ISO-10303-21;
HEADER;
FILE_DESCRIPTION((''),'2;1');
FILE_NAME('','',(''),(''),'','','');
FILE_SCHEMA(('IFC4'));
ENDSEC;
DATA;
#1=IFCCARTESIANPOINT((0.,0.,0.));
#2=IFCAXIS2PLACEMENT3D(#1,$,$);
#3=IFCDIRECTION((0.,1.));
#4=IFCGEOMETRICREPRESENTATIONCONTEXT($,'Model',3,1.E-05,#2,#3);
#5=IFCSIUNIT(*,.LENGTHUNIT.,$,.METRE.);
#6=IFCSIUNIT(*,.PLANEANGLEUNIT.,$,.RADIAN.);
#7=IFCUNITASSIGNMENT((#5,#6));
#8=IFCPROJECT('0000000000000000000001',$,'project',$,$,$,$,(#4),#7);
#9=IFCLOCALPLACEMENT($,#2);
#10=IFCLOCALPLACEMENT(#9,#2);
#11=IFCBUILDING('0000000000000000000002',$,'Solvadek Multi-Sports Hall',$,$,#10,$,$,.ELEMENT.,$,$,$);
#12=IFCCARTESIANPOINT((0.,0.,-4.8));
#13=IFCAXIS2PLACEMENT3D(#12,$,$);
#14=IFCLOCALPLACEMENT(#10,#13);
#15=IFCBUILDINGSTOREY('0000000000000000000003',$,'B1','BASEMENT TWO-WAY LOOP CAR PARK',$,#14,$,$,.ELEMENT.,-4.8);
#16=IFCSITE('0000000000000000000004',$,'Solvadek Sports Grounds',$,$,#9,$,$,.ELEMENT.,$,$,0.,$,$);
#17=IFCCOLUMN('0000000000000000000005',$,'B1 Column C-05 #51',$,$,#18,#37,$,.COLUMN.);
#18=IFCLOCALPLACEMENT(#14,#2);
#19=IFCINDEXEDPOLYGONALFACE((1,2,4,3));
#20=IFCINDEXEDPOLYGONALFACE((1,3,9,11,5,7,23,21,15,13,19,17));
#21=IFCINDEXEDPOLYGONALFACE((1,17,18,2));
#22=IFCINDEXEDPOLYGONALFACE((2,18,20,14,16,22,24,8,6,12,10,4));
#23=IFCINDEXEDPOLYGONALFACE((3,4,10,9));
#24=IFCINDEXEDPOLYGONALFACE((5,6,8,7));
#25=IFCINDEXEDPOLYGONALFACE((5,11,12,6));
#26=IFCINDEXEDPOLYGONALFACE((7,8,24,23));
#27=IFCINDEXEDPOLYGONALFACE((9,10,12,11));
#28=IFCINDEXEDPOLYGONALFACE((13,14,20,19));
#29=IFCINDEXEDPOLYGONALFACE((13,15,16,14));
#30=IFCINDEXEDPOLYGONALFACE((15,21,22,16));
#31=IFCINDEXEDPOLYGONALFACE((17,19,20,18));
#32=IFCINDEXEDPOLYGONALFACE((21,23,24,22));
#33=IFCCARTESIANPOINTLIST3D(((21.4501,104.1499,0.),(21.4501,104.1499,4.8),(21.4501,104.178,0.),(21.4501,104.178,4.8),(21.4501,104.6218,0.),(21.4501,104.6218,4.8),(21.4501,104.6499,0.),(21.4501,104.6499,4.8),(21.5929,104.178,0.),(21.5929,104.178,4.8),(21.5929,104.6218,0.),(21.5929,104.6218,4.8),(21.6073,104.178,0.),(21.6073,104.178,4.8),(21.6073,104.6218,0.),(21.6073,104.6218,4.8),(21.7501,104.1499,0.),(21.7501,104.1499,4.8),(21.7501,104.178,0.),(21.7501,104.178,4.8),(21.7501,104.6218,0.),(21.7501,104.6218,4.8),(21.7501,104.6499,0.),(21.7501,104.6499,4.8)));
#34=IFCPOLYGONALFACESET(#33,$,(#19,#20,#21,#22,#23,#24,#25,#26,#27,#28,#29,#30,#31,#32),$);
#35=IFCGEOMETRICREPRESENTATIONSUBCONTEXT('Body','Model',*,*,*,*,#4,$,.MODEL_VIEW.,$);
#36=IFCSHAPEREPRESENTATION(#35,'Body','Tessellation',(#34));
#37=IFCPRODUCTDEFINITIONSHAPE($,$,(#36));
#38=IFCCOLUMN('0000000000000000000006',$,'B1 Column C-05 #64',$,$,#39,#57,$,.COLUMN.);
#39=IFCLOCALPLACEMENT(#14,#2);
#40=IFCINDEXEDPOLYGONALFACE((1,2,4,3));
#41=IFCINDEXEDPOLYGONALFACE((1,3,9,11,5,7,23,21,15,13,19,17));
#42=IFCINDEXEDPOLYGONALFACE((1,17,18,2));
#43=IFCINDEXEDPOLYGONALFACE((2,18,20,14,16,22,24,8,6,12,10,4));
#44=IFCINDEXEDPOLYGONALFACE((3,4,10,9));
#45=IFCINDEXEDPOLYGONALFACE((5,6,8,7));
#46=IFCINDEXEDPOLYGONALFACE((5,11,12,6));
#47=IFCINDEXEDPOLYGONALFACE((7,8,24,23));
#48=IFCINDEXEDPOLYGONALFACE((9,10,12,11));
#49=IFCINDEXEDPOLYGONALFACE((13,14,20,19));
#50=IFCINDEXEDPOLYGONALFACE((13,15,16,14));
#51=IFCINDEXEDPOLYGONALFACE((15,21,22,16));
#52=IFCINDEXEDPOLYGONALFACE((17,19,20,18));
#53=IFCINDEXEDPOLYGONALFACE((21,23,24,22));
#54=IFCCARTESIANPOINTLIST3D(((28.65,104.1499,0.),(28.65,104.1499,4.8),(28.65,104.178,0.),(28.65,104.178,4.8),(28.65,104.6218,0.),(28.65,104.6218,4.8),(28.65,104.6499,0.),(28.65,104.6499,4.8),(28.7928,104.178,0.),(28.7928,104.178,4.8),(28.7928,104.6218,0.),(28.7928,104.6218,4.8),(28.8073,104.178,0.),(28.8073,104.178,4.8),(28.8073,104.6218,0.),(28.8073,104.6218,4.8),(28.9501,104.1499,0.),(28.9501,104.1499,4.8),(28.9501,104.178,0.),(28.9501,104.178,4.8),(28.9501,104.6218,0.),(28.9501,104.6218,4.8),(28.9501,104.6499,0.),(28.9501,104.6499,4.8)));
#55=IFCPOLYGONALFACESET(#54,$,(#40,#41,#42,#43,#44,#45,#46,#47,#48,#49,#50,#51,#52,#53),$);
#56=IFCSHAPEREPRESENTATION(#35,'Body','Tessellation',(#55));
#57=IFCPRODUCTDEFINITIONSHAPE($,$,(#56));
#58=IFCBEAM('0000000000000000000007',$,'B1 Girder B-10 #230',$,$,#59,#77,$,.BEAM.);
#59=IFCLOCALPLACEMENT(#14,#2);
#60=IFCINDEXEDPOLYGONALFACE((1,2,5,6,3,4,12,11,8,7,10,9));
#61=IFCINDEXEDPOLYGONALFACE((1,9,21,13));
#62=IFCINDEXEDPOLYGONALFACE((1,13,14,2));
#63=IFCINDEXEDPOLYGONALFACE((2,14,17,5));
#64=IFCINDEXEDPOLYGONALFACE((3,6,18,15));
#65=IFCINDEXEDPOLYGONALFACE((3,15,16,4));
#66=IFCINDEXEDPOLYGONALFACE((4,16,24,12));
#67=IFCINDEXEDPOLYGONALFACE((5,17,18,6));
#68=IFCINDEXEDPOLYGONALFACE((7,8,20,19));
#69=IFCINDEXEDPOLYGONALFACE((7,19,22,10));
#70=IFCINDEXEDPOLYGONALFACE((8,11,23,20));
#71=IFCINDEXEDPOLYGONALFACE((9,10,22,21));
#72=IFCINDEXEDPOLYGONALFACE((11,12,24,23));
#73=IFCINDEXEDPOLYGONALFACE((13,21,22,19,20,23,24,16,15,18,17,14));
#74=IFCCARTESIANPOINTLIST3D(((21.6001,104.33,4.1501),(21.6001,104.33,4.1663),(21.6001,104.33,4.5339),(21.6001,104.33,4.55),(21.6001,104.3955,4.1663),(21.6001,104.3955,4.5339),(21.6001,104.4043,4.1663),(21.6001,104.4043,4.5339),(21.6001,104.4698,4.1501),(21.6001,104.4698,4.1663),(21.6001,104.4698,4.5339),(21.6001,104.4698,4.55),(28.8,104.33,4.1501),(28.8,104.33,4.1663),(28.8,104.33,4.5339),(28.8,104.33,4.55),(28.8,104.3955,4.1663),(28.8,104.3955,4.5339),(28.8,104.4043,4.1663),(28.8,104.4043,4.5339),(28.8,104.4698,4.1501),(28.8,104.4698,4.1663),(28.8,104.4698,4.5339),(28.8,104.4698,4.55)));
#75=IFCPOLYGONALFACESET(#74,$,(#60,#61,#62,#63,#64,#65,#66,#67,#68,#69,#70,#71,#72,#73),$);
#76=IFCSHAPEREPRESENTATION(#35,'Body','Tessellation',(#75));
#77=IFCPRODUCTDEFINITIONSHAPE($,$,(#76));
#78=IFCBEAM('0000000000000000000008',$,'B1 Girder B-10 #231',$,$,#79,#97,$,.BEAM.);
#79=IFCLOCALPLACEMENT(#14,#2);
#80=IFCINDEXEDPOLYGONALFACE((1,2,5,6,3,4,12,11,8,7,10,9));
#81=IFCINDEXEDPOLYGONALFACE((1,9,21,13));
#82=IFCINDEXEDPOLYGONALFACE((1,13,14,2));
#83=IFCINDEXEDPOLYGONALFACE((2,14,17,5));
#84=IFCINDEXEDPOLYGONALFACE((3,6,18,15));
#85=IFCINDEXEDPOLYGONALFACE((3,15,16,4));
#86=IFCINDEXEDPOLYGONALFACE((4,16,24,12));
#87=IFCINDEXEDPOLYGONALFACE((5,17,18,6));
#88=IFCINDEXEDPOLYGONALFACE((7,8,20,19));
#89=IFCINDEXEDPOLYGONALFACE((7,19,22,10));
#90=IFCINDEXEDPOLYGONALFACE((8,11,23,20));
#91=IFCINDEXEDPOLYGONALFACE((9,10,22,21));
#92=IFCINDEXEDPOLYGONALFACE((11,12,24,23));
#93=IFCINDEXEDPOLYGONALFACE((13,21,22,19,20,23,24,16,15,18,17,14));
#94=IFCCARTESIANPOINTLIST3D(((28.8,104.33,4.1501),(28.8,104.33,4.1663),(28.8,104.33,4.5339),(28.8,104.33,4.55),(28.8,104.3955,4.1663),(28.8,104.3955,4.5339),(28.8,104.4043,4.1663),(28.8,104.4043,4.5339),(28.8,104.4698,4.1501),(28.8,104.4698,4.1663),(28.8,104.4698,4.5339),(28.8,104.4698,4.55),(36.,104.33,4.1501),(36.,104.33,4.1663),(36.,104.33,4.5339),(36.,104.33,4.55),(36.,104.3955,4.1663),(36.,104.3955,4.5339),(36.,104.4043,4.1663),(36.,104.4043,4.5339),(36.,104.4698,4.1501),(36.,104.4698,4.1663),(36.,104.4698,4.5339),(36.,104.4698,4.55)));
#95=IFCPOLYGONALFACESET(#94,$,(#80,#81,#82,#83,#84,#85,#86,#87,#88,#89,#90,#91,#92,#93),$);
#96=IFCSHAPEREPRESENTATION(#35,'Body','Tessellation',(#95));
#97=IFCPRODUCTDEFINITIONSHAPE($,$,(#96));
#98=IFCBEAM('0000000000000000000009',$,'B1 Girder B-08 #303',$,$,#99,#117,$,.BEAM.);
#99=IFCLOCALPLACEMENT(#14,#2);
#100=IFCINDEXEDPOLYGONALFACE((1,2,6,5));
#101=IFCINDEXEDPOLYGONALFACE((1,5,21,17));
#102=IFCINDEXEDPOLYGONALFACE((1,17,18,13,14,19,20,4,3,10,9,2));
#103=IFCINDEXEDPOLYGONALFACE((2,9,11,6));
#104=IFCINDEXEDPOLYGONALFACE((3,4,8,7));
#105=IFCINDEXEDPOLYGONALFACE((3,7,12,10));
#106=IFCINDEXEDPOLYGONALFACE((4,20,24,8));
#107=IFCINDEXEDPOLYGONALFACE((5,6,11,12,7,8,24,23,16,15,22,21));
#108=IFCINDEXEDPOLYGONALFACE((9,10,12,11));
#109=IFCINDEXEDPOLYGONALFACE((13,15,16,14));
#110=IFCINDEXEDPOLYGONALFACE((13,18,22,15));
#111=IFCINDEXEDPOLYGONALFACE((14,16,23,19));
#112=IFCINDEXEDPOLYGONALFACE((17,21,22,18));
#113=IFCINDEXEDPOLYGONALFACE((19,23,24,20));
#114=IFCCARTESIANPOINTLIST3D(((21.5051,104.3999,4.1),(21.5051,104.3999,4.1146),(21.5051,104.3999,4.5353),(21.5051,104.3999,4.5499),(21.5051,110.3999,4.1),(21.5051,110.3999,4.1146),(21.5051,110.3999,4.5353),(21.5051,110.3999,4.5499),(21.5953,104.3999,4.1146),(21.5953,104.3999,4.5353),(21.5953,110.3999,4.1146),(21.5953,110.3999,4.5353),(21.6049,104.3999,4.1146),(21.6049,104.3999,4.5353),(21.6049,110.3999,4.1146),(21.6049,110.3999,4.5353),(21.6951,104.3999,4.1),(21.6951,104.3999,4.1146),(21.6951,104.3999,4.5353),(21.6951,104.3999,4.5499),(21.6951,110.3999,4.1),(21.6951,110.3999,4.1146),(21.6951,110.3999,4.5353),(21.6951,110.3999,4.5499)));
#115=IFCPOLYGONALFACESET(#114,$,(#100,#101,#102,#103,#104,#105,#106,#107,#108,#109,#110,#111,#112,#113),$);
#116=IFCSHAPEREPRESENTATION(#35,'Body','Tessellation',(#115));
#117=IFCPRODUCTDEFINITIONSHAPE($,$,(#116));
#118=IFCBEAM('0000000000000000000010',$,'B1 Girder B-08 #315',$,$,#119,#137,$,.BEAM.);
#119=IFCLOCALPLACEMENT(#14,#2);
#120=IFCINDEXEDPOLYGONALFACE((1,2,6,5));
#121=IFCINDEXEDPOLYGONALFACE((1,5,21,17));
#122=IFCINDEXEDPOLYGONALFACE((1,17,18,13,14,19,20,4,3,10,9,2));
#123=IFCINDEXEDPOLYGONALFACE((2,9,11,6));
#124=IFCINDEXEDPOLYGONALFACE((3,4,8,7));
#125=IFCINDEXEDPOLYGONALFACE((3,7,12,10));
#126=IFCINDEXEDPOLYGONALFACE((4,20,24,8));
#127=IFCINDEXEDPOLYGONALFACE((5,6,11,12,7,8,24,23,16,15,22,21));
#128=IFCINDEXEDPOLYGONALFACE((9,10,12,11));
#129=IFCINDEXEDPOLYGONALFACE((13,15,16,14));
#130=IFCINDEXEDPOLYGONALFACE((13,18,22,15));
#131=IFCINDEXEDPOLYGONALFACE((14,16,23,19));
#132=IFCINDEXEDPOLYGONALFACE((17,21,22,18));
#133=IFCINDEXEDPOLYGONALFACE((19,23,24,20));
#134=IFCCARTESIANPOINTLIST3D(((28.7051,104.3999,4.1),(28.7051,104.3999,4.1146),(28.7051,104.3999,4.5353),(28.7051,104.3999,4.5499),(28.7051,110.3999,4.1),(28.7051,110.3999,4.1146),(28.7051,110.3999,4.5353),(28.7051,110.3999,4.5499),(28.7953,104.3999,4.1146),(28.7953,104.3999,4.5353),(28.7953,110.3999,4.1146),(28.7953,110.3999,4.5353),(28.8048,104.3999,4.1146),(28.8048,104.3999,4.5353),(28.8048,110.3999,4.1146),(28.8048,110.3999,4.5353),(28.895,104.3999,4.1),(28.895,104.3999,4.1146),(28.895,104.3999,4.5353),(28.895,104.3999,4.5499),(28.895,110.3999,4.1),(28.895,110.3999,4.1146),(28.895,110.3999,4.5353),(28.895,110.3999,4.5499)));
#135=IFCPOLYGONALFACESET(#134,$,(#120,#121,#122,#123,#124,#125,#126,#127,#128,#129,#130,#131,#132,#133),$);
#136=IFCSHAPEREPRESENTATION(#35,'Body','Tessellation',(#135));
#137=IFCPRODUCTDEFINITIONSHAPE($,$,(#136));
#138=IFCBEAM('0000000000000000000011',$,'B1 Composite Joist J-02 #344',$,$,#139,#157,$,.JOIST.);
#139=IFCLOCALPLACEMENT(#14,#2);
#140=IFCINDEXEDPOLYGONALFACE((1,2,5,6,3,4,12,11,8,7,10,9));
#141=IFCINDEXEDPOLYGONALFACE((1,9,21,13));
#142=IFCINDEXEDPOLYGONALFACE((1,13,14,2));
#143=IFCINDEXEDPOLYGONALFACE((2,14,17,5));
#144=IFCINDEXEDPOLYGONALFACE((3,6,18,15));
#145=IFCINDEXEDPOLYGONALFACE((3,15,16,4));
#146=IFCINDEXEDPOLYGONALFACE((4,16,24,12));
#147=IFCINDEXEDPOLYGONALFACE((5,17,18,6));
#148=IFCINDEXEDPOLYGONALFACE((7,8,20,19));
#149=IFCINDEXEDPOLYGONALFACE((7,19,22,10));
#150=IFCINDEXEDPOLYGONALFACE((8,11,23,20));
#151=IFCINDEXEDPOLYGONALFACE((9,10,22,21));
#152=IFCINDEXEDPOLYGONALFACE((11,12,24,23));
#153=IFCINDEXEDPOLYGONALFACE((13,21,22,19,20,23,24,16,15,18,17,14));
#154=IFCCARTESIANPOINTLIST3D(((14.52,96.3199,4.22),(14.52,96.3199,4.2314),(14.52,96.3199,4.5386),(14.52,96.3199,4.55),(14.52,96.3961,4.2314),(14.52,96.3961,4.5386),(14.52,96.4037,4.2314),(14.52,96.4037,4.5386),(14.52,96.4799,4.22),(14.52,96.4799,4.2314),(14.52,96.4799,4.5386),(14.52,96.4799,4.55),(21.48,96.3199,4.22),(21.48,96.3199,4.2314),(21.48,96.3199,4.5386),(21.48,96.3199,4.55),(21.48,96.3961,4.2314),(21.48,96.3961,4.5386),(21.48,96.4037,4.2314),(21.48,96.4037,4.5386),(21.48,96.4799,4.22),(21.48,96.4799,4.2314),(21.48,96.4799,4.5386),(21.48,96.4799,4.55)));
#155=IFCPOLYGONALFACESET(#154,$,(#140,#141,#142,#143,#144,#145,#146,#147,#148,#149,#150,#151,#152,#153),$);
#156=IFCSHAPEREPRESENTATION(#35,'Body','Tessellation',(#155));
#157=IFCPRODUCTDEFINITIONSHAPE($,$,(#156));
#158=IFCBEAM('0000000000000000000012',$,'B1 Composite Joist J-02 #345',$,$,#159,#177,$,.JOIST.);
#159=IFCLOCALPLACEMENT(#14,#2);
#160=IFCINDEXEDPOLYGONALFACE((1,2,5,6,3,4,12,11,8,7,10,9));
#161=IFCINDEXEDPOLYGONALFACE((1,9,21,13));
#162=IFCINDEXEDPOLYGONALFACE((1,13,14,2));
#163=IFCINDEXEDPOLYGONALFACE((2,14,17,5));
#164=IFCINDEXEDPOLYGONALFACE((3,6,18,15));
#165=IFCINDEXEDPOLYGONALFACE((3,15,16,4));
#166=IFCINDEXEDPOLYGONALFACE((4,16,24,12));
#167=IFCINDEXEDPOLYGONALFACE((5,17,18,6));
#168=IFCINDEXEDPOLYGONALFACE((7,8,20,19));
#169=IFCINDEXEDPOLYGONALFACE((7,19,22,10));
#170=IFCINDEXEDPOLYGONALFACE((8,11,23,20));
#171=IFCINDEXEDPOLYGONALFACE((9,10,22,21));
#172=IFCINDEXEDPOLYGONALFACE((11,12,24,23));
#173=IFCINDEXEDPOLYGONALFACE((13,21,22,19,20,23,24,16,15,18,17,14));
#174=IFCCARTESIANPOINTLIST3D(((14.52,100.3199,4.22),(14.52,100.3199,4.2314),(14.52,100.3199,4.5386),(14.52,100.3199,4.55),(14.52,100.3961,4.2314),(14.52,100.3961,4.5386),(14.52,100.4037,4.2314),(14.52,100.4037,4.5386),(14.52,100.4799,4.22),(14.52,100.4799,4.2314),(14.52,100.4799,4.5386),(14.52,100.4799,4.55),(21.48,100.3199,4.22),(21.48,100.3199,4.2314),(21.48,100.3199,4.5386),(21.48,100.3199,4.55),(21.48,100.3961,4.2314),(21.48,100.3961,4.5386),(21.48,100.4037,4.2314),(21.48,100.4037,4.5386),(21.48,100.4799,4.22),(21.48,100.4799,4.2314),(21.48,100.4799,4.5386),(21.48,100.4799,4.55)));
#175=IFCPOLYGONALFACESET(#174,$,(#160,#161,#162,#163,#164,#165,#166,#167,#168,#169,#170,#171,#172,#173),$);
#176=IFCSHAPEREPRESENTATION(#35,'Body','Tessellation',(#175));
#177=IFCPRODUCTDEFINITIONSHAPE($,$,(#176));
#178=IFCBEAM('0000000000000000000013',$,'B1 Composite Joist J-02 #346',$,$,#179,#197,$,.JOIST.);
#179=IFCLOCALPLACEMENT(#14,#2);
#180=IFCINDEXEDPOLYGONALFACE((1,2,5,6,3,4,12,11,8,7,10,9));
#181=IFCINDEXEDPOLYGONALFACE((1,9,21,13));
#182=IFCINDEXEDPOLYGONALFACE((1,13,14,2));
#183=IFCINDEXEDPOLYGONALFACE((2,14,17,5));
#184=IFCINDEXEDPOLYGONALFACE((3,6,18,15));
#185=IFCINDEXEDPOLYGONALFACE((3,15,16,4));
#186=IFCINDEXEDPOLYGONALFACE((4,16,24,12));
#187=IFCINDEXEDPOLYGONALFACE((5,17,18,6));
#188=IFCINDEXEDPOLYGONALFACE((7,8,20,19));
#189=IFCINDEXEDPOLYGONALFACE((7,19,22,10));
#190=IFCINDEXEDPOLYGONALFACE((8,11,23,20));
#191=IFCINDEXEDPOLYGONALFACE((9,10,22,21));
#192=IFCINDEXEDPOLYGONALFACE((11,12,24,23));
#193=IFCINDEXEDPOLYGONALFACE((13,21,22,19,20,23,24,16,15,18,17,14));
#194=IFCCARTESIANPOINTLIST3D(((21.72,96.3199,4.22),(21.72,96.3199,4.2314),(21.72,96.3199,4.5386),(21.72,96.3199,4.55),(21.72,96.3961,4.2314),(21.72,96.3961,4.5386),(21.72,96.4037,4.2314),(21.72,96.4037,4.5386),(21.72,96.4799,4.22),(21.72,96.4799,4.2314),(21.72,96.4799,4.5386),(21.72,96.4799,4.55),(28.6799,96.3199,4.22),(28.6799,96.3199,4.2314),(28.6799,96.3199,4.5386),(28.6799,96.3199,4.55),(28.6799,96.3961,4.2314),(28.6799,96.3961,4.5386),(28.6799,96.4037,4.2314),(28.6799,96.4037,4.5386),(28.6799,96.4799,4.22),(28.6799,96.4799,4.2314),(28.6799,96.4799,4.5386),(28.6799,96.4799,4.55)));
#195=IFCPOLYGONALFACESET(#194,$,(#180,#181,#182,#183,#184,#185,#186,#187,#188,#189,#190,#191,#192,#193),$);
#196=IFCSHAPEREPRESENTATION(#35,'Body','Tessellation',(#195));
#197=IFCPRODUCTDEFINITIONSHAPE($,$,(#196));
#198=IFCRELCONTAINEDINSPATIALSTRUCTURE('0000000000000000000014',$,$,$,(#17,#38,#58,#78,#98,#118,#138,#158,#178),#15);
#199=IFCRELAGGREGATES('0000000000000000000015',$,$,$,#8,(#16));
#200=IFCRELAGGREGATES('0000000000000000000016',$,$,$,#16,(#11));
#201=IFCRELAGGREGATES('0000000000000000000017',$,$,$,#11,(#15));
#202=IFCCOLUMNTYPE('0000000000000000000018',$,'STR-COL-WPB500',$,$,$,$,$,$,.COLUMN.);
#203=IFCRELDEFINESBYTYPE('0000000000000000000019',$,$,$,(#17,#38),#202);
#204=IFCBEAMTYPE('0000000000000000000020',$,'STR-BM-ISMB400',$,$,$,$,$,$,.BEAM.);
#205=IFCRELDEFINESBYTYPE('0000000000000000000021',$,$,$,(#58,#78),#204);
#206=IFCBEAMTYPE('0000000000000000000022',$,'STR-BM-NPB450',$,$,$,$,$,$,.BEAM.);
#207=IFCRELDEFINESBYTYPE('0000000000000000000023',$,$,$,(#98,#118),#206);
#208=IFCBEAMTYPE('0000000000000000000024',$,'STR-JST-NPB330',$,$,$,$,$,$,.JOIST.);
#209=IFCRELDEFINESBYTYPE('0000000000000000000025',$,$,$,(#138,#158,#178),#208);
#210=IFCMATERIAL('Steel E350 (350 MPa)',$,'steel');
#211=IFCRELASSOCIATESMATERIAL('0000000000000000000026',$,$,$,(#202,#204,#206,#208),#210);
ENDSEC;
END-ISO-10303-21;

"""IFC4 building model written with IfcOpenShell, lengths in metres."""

from ifc_helpers import new_model, si_unit, direction, frame, origin, origin_2d, place, context, subcontext, project, spatial, i_section, extrude, material, material_profile, profile_set, type_object, element, save


model = new_model("IFC4")

# Units and contexts
model_context = context("Model", 3, precision=1e-05, world=origin(), true_north=direction((0.0, 1.0)))
body_context = subcontext(model_context, "Body", "Model", "MODEL_VIEW")
ifc_project = project(units=[si_unit("LENGTHUNIT", "METRE"), si_unit("PLANEANGLEUNIT", "RADIAN")], contexts=[model_context])

# Site, building, storey
site_placement = place(None, origin())
site = spatial("IfcSite", under=ifc_project, at=site_placement, Name="Solvadek Sports Grounds", CompositionType="ELEMENT", RefElevation=0.0)
building_placement = place(site_placement, origin())
building = spatial("IfcBuilding", under=site, at=building_placement, Name="Solvadek Multi-Sports Hall", CompositionType="ELEMENT")
storey_placement = place(building_placement, frame((0.0, 0.0, -4.8)))
storey = spatial("IfcBuildingStorey", under=building, at=storey_placement, Name="B1", Description="BASEMENT TWO-WAY LOOP CAR PARK", CompositionType="ELEMENT", Elevation=-4.8)

# Columns
ifc_material_1 = material(Name="Steel E350 (350 MPa)", Category="steel")
ifc_material_profile_1 = material_profile(ifc_material_1, i_section(OverallWidth=0.3, OverallDepth=0.5, WebThickness=0.0144, FlangeThickness=0.0281, at=origin_2d()), Name="WPB 500")
ifc_profile_set_1 = profile_set([ifc_material_profile_1], Name="Steel E350 (350 MPa)")
column_type = type_object("IfcColumnType", Name="STR-COL-WPB500", PredefinedType="COLUMN", material=ifc_profile_set_1)
for number, where, z_axis, x_axis, name in (
    (1, (21.6001, 104.3999, 0.0), (0.0, 0.0, 1.0), (1.0, 0.0, 0.0), "B1 Column C-05 #51"),
    (2, (28.8, 104.3999, 0.0), (0.0, 0.0, 1.0), (1.0, 0.0, 0.0), "B1 Column C-05 #64"),
):
    element("IfcColumn", number, at=place(storey_placement, frame(where, z_axis=z_axis, x_axis=x_axis)), inside=storey, type_object=column_type, Name=name, PredefinedType="COLUMN", context=body_context, shape_type="SweptSolid", body=[
        extrude(i_section(OverallWidth=0.3, OverallDepth=0.5, WebThickness=0.0144, FlangeThickness=0.0281, at=origin_2d()), origin(), (0.0, 0.0, 1.0), 4.8),
    ])

# Beams
ifc_material_profile_2 = material_profile(ifc_material_1, i_section(OverallWidth=0.1399, OverallDepth=0.3999, WebThickness=0.0088, FlangeThickness=0.0161, at=origin_2d()), Name="ISMB 400")
ifc_profile_set_2 = profile_set([ifc_material_profile_2], Name="Steel E350 (350 MPa)")
beam_type_1 = type_object("IfcBeamType", Name="STR-BM-ISMB400", PredefinedType="BEAM", material=ifc_profile_set_2)
for number, where, z_axis, x_axis, name in (
    (3, (21.6001, 104.3999, 4.3501), (1.0, 0.0, 0.0), (0.0, 1.0, 0.0), "B1 Girder B-10 #230"),
    (4, (28.8, 104.3999, 4.3501), (1.0, 0.0, 0.0), (0.0, 1.0, 0.0), "B1 Girder B-10 #231"),
):
    element("IfcBeam", number, at=place(storey_placement, frame(where, z_axis=z_axis, x_axis=x_axis)), inside=storey, type_object=beam_type_1, Name=name, PredefinedType="BEAM", context=body_context, shape_type="SweptSolid", body=[
        extrude(i_section(OverallWidth=0.1399, OverallDepth=0.3999, WebThickness=0.0088, FlangeThickness=0.0161, at=origin_2d()), origin(), (0.0, 0.0, 1.0), 7.2),
    ])
ifc_material_profile_3 = material_profile(ifc_material_1, i_section(OverallWidth=0.1899, OverallDepth=0.45, WebThickness=0.0095, FlangeThickness=0.0146, at=origin_2d()), Name="NPB 450")
ifc_profile_set_3 = profile_set([ifc_material_profile_3], Name="Steel E350 (350 MPa)")
beam_type_2 = type_object("IfcBeamType", Name="STR-BM-NPB450", PredefinedType="BEAM", material=ifc_profile_set_3)
for number, where, z_axis, x_axis, name in (
    (5, (21.6001, 104.3999, 4.325), (0.0, 1.0, 0.0), (-1.0, 0.0, 0.0), "B1 Girder B-08 #303"),
    (6, (28.8, 104.3999, 4.325), (0.0, 1.0, 0.0), (-1.0, 0.0, 0.0), "B1 Girder B-08 #315"),
):
    element("IfcBeam", number, at=place(storey_placement, frame(where, z_axis=z_axis, x_axis=x_axis)), inside=storey, type_object=beam_type_2, Name=name, PredefinedType="BEAM", context=body_context, shape_type="SweptSolid", body=[
        extrude(i_section(OverallWidth=0.1899, OverallDepth=0.45, WebThickness=0.0095, FlangeThickness=0.0146, at=origin_2d()), origin(), (0.0, 0.0, 1.0), 6.0),
    ])
ifc_material_profile_4 = material_profile(ifc_material_1, i_section(OverallWidth=0.1599, OverallDepth=0.3301, WebThickness=0.0076, FlangeThickness=0.0115, at=origin_2d()), Name="NPB 330")
ifc_profile_set_4 = profile_set([ifc_material_profile_4], Name="Steel E350 (350 MPa)")
beam_type_3 = type_object("IfcBeamType", Name="STR-JST-NPB330", PredefinedType="JOIST", material=ifc_profile_set_4)
for number, where, z_axis, x_axis, name in (
    (7, (14.52, 96.3999, 4.385), (1.0, 0.0, 0.0), (0.0, 1.0, 0.0), "B1 Composite Joist J-02 #344"),
    (8, (14.52, 100.3999, 4.385), (1.0, 0.0, 0.0), (0.0, 1.0, 0.0), "B1 Composite Joist J-02 #345"),
    (9, (21.72, 96.3999, 4.385), (1.0, 0.0, 0.0), (0.0, 1.0, 0.0), "B1 Composite Joist J-02 #346"),
):
    element("IfcBeam", number, at=place(storey_placement, frame(where, z_axis=z_axis, x_axis=x_axis)), inside=storey, type_object=beam_type_3, Name=name, PredefinedType="JOIST", context=body_context, shape_type="SweptSolid", body=[
        extrude(i_section(OverallWidth=0.1599, OverallDepth=0.3301, WebThickness=0.0076, FlangeThickness=0.0115, at=origin_2d()), origin(), (0.0, 0.0, 1.0), 6.96),
    ])

save(model, "model.ifc")
